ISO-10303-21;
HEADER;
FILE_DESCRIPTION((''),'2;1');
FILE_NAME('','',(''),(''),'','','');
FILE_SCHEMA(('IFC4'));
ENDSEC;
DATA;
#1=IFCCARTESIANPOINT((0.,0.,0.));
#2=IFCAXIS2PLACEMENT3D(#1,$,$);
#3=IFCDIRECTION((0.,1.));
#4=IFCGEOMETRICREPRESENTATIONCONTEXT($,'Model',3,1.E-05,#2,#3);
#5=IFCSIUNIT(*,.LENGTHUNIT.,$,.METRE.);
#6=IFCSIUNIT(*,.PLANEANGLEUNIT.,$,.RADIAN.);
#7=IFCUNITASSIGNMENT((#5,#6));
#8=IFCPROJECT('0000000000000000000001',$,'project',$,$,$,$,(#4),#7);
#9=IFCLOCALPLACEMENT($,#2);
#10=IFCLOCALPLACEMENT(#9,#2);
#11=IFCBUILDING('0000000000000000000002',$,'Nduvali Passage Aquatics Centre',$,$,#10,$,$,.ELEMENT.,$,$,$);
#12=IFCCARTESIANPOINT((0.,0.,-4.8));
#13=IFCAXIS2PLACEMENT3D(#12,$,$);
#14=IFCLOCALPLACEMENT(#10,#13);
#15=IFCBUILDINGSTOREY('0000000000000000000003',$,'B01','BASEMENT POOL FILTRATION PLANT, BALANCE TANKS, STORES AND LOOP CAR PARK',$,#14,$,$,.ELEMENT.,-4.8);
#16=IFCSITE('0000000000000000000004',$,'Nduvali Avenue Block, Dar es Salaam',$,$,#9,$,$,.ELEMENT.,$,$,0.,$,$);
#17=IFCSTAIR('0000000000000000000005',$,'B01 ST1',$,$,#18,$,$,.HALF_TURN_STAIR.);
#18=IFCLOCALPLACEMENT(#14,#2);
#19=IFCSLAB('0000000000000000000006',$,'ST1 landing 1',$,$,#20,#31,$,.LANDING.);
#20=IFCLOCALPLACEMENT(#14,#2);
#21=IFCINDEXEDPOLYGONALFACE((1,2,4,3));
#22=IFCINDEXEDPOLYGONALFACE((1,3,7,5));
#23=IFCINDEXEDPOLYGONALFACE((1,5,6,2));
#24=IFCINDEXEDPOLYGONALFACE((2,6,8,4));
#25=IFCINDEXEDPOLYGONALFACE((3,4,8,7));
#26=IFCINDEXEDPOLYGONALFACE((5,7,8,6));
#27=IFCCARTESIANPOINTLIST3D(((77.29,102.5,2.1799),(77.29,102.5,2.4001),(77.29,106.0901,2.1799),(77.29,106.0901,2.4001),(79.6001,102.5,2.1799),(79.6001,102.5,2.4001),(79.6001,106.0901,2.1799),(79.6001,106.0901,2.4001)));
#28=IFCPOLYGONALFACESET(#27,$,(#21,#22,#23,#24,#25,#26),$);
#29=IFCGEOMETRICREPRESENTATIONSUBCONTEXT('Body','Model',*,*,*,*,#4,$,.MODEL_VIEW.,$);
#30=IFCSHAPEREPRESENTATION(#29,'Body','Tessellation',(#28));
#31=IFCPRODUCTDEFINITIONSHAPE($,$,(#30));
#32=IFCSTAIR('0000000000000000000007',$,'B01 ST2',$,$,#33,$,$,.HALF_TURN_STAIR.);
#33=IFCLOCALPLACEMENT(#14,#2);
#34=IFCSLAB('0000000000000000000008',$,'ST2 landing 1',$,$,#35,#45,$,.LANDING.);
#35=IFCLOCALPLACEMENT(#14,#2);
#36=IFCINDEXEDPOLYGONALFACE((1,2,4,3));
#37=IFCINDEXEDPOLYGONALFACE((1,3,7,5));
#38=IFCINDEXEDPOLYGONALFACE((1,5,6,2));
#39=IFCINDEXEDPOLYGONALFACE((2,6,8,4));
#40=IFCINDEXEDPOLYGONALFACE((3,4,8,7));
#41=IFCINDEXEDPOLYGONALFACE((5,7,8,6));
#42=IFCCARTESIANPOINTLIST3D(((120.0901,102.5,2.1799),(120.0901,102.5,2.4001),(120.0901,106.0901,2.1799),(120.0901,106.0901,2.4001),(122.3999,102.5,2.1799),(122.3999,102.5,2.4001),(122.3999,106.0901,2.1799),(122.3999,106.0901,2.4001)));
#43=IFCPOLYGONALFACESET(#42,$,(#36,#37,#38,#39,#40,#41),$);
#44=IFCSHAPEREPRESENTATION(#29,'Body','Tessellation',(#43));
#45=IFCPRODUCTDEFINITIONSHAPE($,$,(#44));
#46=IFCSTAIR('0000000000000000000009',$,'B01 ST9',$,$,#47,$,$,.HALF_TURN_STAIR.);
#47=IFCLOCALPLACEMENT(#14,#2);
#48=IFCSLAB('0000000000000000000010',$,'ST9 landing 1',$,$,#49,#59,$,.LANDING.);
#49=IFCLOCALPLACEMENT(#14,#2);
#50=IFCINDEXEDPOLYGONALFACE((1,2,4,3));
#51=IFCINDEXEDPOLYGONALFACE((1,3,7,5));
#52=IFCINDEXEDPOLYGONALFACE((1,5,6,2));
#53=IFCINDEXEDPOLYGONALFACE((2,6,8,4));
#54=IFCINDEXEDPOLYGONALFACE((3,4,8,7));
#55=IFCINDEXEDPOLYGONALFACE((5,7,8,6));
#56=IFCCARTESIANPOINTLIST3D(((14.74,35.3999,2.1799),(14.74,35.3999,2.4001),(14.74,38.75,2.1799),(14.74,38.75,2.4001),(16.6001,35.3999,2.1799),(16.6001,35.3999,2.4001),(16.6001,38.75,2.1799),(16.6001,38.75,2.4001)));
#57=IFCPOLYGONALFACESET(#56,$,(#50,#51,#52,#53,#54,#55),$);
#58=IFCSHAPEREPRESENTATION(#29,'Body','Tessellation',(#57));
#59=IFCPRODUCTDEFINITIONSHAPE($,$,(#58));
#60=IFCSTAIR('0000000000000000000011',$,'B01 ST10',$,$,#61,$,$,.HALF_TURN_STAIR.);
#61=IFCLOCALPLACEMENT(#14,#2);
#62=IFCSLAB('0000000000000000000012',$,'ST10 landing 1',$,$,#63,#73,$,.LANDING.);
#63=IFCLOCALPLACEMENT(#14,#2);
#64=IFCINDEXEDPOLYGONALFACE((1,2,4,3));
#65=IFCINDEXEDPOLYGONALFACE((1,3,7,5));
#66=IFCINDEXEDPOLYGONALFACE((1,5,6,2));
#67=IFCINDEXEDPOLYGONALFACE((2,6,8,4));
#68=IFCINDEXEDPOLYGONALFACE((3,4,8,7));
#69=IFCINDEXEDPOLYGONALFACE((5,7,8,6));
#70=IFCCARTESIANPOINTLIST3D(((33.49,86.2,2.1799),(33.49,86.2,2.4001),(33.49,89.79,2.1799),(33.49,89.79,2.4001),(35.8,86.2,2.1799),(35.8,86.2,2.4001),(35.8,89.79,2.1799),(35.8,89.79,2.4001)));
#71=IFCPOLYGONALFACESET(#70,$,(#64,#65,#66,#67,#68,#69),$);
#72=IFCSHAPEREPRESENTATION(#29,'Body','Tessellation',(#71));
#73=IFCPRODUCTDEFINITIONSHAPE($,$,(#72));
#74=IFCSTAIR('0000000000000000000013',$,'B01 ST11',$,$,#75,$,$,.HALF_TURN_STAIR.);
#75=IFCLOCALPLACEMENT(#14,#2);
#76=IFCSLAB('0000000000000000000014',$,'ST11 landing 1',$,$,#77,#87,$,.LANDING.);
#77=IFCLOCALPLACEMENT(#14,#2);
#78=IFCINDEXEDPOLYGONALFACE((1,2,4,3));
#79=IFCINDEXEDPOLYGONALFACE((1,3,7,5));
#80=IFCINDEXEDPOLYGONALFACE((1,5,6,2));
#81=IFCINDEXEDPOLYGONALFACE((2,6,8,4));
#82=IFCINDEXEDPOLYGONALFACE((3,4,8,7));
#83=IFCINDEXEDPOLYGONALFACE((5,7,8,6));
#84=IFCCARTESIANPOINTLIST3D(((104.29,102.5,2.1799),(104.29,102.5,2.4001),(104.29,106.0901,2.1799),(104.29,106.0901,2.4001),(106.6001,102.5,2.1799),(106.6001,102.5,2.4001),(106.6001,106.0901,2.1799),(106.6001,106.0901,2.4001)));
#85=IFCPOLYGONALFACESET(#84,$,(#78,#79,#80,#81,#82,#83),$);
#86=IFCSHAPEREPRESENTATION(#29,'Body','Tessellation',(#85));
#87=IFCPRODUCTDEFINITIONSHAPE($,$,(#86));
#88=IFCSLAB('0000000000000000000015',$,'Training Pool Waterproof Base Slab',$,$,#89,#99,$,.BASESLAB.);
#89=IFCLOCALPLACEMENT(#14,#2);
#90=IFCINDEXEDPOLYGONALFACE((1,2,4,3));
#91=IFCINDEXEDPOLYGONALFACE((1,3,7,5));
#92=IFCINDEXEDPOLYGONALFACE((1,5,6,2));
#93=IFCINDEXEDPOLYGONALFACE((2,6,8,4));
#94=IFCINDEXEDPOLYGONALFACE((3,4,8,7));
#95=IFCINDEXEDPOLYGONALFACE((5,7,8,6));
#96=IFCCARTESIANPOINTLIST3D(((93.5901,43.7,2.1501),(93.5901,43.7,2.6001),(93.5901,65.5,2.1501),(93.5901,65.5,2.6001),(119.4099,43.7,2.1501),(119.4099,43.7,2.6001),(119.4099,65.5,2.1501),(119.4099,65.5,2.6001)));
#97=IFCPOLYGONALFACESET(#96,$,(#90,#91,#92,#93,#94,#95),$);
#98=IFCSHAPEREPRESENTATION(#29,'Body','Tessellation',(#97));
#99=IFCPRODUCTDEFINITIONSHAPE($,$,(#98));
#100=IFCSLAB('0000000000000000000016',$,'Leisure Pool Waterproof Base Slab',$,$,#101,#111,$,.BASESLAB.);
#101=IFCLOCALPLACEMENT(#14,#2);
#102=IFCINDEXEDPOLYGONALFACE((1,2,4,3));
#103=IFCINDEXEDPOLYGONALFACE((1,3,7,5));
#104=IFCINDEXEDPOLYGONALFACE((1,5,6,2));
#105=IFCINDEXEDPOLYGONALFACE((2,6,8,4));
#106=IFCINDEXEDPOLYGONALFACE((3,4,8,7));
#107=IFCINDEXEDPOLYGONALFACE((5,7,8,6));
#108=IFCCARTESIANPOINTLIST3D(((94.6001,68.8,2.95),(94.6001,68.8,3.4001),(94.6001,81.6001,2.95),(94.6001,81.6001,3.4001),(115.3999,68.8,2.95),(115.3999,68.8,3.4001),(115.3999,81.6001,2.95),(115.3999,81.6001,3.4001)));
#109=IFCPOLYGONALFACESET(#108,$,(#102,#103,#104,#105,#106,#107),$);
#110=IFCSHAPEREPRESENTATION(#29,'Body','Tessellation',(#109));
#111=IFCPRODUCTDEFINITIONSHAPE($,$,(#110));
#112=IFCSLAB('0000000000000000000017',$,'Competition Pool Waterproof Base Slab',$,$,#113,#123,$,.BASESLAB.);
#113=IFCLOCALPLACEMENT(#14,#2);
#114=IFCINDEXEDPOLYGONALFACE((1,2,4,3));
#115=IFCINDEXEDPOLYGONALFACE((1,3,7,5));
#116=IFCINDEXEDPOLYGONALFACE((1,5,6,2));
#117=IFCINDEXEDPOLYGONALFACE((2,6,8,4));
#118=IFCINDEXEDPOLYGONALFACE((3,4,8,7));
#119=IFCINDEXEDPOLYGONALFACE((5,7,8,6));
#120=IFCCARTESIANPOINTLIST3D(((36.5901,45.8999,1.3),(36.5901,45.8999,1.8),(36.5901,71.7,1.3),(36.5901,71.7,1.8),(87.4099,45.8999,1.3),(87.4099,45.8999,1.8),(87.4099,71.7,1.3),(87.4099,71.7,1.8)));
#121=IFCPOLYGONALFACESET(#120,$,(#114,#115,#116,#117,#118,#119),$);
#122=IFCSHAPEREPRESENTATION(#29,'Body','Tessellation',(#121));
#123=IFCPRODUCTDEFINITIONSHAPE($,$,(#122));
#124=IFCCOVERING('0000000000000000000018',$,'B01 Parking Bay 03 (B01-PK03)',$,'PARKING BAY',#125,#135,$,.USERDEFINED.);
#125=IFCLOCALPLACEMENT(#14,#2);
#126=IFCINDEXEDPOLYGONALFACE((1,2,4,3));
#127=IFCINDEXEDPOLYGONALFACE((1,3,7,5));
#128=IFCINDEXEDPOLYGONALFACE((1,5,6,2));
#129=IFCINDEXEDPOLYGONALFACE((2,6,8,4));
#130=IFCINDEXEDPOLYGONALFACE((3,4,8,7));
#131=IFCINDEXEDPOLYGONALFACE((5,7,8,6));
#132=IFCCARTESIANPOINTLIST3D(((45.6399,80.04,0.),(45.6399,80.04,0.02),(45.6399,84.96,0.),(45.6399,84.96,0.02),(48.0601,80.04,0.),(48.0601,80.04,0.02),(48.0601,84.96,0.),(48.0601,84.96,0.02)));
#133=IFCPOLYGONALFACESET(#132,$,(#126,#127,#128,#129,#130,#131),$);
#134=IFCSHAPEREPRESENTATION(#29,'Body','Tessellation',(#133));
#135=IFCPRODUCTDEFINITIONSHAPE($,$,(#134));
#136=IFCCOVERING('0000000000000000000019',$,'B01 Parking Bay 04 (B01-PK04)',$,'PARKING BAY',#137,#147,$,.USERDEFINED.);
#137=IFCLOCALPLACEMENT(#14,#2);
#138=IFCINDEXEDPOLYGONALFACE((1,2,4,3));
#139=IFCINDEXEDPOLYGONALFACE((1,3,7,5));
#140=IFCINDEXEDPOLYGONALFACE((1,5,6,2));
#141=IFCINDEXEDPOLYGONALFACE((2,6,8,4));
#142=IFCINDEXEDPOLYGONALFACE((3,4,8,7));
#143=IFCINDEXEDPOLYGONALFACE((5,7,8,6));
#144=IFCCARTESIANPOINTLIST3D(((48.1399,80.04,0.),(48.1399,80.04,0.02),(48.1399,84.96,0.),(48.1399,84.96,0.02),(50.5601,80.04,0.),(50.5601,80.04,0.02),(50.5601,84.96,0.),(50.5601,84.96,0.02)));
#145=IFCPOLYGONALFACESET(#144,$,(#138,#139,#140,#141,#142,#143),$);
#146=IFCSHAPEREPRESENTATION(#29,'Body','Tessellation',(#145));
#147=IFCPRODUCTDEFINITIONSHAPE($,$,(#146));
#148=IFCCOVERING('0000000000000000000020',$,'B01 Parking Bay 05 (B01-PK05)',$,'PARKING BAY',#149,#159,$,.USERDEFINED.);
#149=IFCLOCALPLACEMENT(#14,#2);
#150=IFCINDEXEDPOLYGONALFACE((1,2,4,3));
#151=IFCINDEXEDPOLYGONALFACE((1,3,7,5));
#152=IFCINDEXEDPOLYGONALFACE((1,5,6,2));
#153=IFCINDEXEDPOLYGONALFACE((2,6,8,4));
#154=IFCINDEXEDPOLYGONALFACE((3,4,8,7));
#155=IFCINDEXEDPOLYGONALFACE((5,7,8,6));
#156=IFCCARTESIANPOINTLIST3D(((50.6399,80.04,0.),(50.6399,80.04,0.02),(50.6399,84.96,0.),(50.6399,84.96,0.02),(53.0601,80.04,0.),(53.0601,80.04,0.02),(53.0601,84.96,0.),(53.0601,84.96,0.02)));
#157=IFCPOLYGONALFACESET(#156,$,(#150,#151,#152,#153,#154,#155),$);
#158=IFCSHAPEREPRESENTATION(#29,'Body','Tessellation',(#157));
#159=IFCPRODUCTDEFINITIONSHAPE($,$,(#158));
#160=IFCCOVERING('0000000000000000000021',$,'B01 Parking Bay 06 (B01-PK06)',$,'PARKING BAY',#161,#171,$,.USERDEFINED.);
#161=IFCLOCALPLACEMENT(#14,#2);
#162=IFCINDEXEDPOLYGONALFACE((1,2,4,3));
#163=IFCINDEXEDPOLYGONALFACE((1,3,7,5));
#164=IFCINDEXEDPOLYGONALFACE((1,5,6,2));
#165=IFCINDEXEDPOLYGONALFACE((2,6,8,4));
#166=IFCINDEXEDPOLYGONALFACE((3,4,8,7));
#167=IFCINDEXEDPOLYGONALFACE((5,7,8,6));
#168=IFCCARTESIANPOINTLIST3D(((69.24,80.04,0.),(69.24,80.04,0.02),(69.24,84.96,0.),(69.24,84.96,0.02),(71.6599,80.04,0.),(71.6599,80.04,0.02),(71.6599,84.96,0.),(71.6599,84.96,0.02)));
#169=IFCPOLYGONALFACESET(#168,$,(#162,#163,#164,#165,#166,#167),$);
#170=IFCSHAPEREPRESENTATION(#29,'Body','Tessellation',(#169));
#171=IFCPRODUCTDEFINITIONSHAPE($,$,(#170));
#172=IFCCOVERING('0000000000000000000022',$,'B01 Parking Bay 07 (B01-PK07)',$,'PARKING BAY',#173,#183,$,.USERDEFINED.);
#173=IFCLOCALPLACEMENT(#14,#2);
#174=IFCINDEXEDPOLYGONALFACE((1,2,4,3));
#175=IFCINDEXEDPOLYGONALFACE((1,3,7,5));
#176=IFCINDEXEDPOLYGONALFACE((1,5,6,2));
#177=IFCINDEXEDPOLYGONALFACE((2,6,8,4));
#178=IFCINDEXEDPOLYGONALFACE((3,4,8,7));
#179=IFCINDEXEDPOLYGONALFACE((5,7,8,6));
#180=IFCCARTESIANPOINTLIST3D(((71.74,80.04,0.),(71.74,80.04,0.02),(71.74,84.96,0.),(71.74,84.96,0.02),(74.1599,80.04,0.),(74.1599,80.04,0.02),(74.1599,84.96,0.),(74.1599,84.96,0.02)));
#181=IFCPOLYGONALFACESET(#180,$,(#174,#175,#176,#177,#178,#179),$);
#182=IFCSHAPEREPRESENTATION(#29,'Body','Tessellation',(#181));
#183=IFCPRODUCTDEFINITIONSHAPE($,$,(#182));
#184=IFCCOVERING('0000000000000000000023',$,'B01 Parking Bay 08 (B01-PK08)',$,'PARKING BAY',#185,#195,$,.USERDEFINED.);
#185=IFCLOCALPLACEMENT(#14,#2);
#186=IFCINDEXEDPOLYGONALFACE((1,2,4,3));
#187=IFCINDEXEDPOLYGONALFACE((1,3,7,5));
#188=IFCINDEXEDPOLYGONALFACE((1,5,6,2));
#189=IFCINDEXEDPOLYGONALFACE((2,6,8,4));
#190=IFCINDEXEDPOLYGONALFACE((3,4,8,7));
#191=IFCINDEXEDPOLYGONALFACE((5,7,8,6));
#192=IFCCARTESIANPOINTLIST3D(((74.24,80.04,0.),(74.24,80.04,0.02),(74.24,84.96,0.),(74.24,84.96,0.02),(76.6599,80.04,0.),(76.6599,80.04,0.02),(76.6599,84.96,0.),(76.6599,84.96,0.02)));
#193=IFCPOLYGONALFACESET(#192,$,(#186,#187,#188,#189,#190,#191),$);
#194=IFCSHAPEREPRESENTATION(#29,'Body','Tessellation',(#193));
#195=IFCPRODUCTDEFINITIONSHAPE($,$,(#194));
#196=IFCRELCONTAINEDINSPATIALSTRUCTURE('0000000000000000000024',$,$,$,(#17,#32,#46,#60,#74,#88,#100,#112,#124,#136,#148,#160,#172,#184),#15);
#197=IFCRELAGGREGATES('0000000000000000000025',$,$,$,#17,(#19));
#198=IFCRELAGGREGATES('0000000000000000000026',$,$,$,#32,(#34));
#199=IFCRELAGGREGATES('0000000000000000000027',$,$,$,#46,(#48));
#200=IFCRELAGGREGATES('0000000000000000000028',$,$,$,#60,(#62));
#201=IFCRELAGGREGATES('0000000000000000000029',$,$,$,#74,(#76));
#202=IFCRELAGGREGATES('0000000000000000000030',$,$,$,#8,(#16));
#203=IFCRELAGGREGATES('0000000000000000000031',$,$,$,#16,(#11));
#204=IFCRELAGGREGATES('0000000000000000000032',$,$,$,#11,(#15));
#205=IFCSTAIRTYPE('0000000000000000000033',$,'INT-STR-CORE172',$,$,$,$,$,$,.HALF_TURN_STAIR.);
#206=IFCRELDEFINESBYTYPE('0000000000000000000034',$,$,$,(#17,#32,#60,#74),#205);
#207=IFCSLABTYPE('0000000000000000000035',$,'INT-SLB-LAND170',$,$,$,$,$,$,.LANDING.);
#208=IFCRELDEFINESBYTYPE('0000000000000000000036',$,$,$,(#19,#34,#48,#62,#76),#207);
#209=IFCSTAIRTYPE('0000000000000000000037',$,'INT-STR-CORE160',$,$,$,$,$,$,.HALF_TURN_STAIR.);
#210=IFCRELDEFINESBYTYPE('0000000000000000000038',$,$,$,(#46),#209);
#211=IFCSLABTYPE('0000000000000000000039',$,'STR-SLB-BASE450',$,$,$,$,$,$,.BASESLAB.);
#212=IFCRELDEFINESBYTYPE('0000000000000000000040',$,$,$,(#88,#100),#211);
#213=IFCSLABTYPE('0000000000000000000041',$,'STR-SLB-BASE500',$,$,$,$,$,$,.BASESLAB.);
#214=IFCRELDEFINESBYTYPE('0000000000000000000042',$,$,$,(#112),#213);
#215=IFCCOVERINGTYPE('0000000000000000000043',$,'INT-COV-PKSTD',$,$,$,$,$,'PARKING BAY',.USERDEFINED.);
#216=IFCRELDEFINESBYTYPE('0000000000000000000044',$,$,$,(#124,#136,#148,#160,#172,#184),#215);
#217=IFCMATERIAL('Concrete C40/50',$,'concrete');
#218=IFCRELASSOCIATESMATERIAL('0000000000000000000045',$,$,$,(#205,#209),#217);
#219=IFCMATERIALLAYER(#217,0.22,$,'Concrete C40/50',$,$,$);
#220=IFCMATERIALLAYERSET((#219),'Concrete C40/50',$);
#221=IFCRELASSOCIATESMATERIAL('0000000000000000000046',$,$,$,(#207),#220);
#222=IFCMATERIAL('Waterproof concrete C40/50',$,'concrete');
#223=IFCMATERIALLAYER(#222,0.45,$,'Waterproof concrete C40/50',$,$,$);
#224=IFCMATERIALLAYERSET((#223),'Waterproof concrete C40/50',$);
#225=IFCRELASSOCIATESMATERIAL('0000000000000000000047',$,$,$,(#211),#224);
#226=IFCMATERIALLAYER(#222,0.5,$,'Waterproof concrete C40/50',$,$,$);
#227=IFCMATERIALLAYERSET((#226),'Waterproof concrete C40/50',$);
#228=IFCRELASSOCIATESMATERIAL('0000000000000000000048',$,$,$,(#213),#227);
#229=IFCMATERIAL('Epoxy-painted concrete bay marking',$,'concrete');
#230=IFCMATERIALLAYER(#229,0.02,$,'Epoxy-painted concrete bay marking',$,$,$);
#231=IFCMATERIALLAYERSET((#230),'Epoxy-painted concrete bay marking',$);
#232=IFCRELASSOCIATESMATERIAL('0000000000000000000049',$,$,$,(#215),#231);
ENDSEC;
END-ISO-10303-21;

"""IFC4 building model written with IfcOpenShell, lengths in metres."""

from ifc_helpers import new_model, si_unit, direction, frame, origin, place, context, subcontext, project, spatial, polyline, outline, extrude, material, layer, layer_set, type_object, element, aggregate, save


model = new_model("IFC4")

# Units and contexts
model_context = context("Model", 3, precision=1e-05, world=origin(), true_north=direction((0.0, 1.0)))
body_context = subcontext(model_context, "Body", "Model", "MODEL_VIEW")
ifc_project = project(units=[si_unit("LENGTHUNIT", "METRE"), si_unit("PLANEANGLEUNIT", "RADIAN")], contexts=[model_context])

# Site, building, storey
site_placement = place(None, origin())
site = spatial("IfcSite", under=ifc_project, at=site_placement, Name="Nduvali Avenue Block, Dar es Salaam", CompositionType="ELEMENT", RefElevation=0.0)
building_placement = place(site_placement, origin())
building = spatial("IfcBuilding", under=site, at=building_placement, Name="Nduvali Passage Aquatics Centre", CompositionType="ELEMENT")
storey_placement = place(building_placement, frame((0.0, 0.0, -4.8)))
storey = spatial("IfcBuildingStorey", under=building, at=storey_placement, Name="B01", Description="BASEMENT POOL FILTRATION PLANT, BALANCE TANKS, STORES AND LOOP CAR PARK", CompositionType="ELEMENT", Elevation=-4.8)

# Stairs, slabs
ifc_material_1 = material(Name="Concrete C40/50", Category="concrete")
stair_type_1 = type_object("IfcStairType", Name="INT-STR-CORE172", PredefinedType="HALF_TURN_STAIR", material=ifc_material_1)
stair_1_placement = place(storey_placement, origin())
stair_1 = element("IfcStair", 1, at=stair_1_placement, inside=storey, type_object=stair_type_1, Name="B01 ST1", PredefinedType="HALF_TURN_STAIR")
ifc_layer_1 = layer(ifc_material_1, 0.22, Name="Concrete C40/50")
ifc_layer_set_1 = layer_set([ifc_layer_1], Name="Concrete C40/50")
slab_type_1 = type_object("IfcSlabType", Name="INT-SLB-LAND170", PredefinedType="LANDING", material=ifc_layer_set_1)
slab_1_placement = place(storey_placement, frame((0.0, 0.0, 2.1799)))
slab_1 = element("IfcSlab", 2, at=slab_1_placement, type_object=slab_type_1, Name="ST1 landing 1", PredefinedType="LANDING", context=body_context, shape_type="SweptSolid", body=[
    extrude(outline(polyline([(77.29, 102.5), (79.6001, 102.5), (79.6001, 106.0901), (77.29, 106.0901), (77.29, 102.5)])), origin(), (0.0, 0.0, 1.0), 0.2202),
])
aggregate(stair_1, [slab_1])
stair_2_placement = place(storey_placement, origin())
stair_2 = element("IfcStair", 3, at=stair_2_placement, inside=storey, type_object=stair_type_1, Name="B01 ST2", PredefinedType="HALF_TURN_STAIR")
slab_2_placement = place(storey_placement, frame((0.0, 0.0, 2.1799)))
slab_2 = element("IfcSlab", 4, at=slab_2_placement, type_object=slab_type_1, Name="ST2 landing 1", PredefinedType="LANDING", context=body_context, shape_type="SweptSolid", body=[
    extrude(outline(polyline([(120.0901, 102.5), (122.3999, 102.5), (122.3999, 106.0901), (120.0901, 106.0901), (120.0901, 102.5)])), origin(), (0.0, 0.0, 1.0), 0.2202),
])
aggregate(stair_2, [slab_2])
stair_type_2 = type_object("IfcStairType", Name="INT-STR-CORE160", PredefinedType="HALF_TURN_STAIR", material=ifc_material_1)
stair_3_placement = place(storey_placement, origin())
stair_3 = element("IfcStair", 5, at=stair_3_placement, inside=storey, type_object=stair_type_2, Name="B01 ST9", PredefinedType="HALF_TURN_STAIR")
slab_3_placement = place(storey_placement, frame((0.0, 0.0, 2.1799)))
slab_3 = element("IfcSlab", 6, at=slab_3_placement, type_object=slab_type_1, Name="ST9 landing 1", PredefinedType="LANDING", context=body_context, shape_type="SweptSolid", body=[
    extrude(outline(polyline([(14.74, 35.3999), (16.6001, 35.3999), (16.6001, 38.75), (14.74, 38.75), (14.74, 35.3999)])), origin(), (0.0, 0.0, 1.0), 0.2202),
])
aggregate(stair_3, [slab_3])
stair_4_placement = place(storey_placement, origin())
stair_4 = element("IfcStair", 7, at=stair_4_placement, inside=storey, type_object=stair_type_1, Name="B01 ST10", PredefinedType="HALF_TURN_STAIR")
slab_4_placement = place(storey_placement, frame((0.0, 0.0, 2.1799)))
slab_4 = element("IfcSlab", 8, at=slab_4_placement, type_object=slab_type_1, Name="ST10 landing 1", PredefinedType="LANDING", context=body_context, shape_type="SweptSolid", body=[
    extrude(outline(polyline([(33.49, 86.2), (35.8, 86.2), (35.8, 89.79), (33.49, 89.79), (33.49, 86.2)])), origin(), (0.0, 0.0, 1.0), 0.2202),
])
aggregate(stair_4, [slab_4])
stair_5_placement = place(storey_placement, origin())
stair_5 = element("IfcStair", 9, at=stair_5_placement, inside=storey, type_object=stair_type_1, Name="B01 ST11", PredefinedType="HALF_TURN_STAIR")
slab_5_placement = place(storey_placement, frame((0.0, 0.0, 2.1799)))
slab_5 = element("IfcSlab", 10, at=slab_5_placement, type_object=slab_type_1, Name="ST11 landing 1", PredefinedType="LANDING", context=body_context, shape_type="SweptSolid", body=[
    extrude(outline(polyline([(104.29, 102.5), (106.6001, 102.5), (106.6001, 106.0901), (104.29, 106.0901), (104.29, 102.5)])), origin(), (0.0, 0.0, 1.0), 0.2202),
])
aggregate(stair_5, [slab_5])

# Slabs
ifc_material_2 = material(Name="Waterproof concrete C40/50", Category="concrete")
ifc_layer_2 = layer(ifc_material_2, 0.45, Name="Waterproof concrete C40/50")
ifc_layer_set_2 = layer_set([ifc_layer_2], Name="Waterproof concrete C40/50")
slab_type_2 = type_object("IfcSlabType", Name="STR-SLB-BASE450", PredefinedType="BASESLAB", material=ifc_layer_set_2)
slab_6_placement = place(storey_placement, frame((0.0, 0.0, 2.1501)))
element("IfcSlab", 11, at=slab_6_placement, inside=storey, type_object=slab_type_2, Name="Training Pool Waterproof Base Slab", PredefinedType="BASESLAB", context=body_context, shape_type="SweptSolid", body=[
    extrude(outline(polyline([(93.5901, 43.7), (119.4099, 43.7), (119.4099, 65.5), (93.5901, 65.5), (93.5901, 43.7)])), origin(), (0.0, 0.0, 1.0), 0.45),
])
slab_7_placement = place(storey_placement, frame((0.0, 0.0, 2.95)))
element("IfcSlab", 12, at=slab_7_placement, inside=storey, type_object=slab_type_2, Name="Leisure Pool Waterproof Base Slab", PredefinedType="BASESLAB", context=body_context, shape_type="SweptSolid", body=[
    extrude(outline(polyline([(94.6001, 68.8), (115.3999, 68.8), (115.3999, 81.6001), (94.6001, 81.6001), (94.6001, 68.8)])), origin(), (0.0, 0.0, 1.0), 0.4502),
])
ifc_layer_3 = layer(ifc_material_2, 0.5, Name="Waterproof concrete C40/50")
ifc_layer_set_3 = layer_set([ifc_layer_3], Name="Waterproof concrete C40/50")
slab_type_3 = type_object("IfcSlabType", Name="STR-SLB-BASE500", PredefinedType="BASESLAB", material=ifc_layer_set_3)
slab_8_placement = place(storey_placement, frame((0.0, 0.0, 1.3)))
element("IfcSlab", 13, at=slab_8_placement, inside=storey, type_object=slab_type_3, Name="Competition Pool Waterproof Base Slab", PredefinedType="BASESLAB", context=body_context, shape_type="SweptSolid", body=[
    extrude(outline(polyline([(36.5901, 45.8999), (87.4099, 45.8999), (87.4099, 71.7), (36.5901, 71.7), (36.5901, 45.8999)])), origin(), (0.0, 0.0, 1.0), 0.5),
])

# Coverings
ifc_material_3 = material(Name="Epoxy-painted concrete bay marking", Category="concrete")
ifc_layer_4 = layer(ifc_material_3, 0.02, Name="Epoxy-painted concrete bay marking")
ifc_layer_set_4 = layer_set([ifc_layer_4], Name="Epoxy-painted concrete bay marking")
covering_type = type_object("IfcCoveringType", Name="INT-COV-PKSTD", ElementType="PARKING BAY", PredefinedType="USERDEFINED", material=ifc_layer_set_4)
covering_1_placement = place(storey_placement, origin())
element("IfcCovering", 14, at=covering_1_placement, inside=storey, type_object=covering_type, Name="B01 Parking Bay 03 (B01-PK03)", ObjectType="PARKING BAY", PredefinedType="USERDEFINED", context=body_context, shape_type="SweptSolid", body=[
    extrude(outline(polyline([(45.6399, 80.04), (48.0601, 80.04), (48.0601, 84.96), (45.6399, 84.96), (45.6399, 80.04)])), origin(), (0.0, 0.0, 1.0), 0.02),
])
covering_2_placement = place(storey_placement, origin())
element("IfcCovering", 15, at=covering_2_placement, inside=storey, type_object=covering_type, Name="B01 Parking Bay 04 (B01-PK04)", ObjectType="PARKING BAY", PredefinedType="USERDEFINED", context=body_context, shape_type="SweptSolid", body=[
    extrude(outline(polyline([(48.1399, 80.04), (50.5601, 80.04), (50.5601, 84.96), (48.1399, 84.96), (48.1399, 80.04)])), origin(), (0.0, 0.0, 1.0), 0.02),
])
covering_3_placement = place(storey_placement, origin())
element("IfcCovering", 16, at=covering_3_placement, inside=storey, type_object=covering_type, Name="B01 Parking Bay 05 (B01-PK05)", ObjectType="PARKING BAY", PredefinedType="USERDEFINED", context=body_context, shape_type="SweptSolid", body=[
    extrude(outline(polyline([(50.6399, 80.04), (53.0601, 80.04), (53.0601, 84.96), (50.6399, 84.96), (50.6399, 80.04)])), origin(), (0.0, 0.0, 1.0), 0.02),
])
covering_4_placement = place(storey_placement, origin())
element("IfcCovering", 17, at=covering_4_placement, inside=storey, type_object=covering_type, Name="B01 Parking Bay 06 (B01-PK06)", ObjectType="PARKING BAY", PredefinedType="USERDEFINED", context=body_context, shape_type="SweptSolid", body=[
    extrude(outline(polyline([(69.24, 80.04), (71.6599, 80.04), (71.6599, 84.96), (69.24, 84.96), (69.24, 80.04)])), origin(), (0.0, 0.0, 1.0), 0.02),
])
covering_5_placement = place(storey_placement, origin())
element("IfcCovering", 18, at=covering_5_placement, inside=storey, type_object=covering_type, Name="B01 Parking Bay 07 (B01-PK07)", ObjectType="PARKING BAY", PredefinedType="USERDEFINED", context=body_context, shape_type="SweptSolid", body=[
    extrude(outline(polyline([(71.74, 80.04), (74.1599, 80.04), (74.1599, 84.96), (71.74, 84.96), (71.74, 80.04)])), origin(), (0.0, 0.0, 1.0), 0.02),
])
covering_6_placement = place(storey_placement, origin())
element("IfcCovering", 19, at=covering_6_placement, inside=storey, type_object=covering_type, Name="B01 Parking Bay 08 (B01-PK08)", ObjectType="PARKING BAY", PredefinedType="USERDEFINED", context=body_context, shape_type="SweptSolid", body=[
    extrude(outline(polyline([(74.24, 80.04), (76.6599, 80.04), (76.6599, 84.96), (74.24, 84.96), (74.24, 80.04)])), origin(), (0.0, 0.0, 1.0), 0.02),
])

save(model, "model.ifc")
